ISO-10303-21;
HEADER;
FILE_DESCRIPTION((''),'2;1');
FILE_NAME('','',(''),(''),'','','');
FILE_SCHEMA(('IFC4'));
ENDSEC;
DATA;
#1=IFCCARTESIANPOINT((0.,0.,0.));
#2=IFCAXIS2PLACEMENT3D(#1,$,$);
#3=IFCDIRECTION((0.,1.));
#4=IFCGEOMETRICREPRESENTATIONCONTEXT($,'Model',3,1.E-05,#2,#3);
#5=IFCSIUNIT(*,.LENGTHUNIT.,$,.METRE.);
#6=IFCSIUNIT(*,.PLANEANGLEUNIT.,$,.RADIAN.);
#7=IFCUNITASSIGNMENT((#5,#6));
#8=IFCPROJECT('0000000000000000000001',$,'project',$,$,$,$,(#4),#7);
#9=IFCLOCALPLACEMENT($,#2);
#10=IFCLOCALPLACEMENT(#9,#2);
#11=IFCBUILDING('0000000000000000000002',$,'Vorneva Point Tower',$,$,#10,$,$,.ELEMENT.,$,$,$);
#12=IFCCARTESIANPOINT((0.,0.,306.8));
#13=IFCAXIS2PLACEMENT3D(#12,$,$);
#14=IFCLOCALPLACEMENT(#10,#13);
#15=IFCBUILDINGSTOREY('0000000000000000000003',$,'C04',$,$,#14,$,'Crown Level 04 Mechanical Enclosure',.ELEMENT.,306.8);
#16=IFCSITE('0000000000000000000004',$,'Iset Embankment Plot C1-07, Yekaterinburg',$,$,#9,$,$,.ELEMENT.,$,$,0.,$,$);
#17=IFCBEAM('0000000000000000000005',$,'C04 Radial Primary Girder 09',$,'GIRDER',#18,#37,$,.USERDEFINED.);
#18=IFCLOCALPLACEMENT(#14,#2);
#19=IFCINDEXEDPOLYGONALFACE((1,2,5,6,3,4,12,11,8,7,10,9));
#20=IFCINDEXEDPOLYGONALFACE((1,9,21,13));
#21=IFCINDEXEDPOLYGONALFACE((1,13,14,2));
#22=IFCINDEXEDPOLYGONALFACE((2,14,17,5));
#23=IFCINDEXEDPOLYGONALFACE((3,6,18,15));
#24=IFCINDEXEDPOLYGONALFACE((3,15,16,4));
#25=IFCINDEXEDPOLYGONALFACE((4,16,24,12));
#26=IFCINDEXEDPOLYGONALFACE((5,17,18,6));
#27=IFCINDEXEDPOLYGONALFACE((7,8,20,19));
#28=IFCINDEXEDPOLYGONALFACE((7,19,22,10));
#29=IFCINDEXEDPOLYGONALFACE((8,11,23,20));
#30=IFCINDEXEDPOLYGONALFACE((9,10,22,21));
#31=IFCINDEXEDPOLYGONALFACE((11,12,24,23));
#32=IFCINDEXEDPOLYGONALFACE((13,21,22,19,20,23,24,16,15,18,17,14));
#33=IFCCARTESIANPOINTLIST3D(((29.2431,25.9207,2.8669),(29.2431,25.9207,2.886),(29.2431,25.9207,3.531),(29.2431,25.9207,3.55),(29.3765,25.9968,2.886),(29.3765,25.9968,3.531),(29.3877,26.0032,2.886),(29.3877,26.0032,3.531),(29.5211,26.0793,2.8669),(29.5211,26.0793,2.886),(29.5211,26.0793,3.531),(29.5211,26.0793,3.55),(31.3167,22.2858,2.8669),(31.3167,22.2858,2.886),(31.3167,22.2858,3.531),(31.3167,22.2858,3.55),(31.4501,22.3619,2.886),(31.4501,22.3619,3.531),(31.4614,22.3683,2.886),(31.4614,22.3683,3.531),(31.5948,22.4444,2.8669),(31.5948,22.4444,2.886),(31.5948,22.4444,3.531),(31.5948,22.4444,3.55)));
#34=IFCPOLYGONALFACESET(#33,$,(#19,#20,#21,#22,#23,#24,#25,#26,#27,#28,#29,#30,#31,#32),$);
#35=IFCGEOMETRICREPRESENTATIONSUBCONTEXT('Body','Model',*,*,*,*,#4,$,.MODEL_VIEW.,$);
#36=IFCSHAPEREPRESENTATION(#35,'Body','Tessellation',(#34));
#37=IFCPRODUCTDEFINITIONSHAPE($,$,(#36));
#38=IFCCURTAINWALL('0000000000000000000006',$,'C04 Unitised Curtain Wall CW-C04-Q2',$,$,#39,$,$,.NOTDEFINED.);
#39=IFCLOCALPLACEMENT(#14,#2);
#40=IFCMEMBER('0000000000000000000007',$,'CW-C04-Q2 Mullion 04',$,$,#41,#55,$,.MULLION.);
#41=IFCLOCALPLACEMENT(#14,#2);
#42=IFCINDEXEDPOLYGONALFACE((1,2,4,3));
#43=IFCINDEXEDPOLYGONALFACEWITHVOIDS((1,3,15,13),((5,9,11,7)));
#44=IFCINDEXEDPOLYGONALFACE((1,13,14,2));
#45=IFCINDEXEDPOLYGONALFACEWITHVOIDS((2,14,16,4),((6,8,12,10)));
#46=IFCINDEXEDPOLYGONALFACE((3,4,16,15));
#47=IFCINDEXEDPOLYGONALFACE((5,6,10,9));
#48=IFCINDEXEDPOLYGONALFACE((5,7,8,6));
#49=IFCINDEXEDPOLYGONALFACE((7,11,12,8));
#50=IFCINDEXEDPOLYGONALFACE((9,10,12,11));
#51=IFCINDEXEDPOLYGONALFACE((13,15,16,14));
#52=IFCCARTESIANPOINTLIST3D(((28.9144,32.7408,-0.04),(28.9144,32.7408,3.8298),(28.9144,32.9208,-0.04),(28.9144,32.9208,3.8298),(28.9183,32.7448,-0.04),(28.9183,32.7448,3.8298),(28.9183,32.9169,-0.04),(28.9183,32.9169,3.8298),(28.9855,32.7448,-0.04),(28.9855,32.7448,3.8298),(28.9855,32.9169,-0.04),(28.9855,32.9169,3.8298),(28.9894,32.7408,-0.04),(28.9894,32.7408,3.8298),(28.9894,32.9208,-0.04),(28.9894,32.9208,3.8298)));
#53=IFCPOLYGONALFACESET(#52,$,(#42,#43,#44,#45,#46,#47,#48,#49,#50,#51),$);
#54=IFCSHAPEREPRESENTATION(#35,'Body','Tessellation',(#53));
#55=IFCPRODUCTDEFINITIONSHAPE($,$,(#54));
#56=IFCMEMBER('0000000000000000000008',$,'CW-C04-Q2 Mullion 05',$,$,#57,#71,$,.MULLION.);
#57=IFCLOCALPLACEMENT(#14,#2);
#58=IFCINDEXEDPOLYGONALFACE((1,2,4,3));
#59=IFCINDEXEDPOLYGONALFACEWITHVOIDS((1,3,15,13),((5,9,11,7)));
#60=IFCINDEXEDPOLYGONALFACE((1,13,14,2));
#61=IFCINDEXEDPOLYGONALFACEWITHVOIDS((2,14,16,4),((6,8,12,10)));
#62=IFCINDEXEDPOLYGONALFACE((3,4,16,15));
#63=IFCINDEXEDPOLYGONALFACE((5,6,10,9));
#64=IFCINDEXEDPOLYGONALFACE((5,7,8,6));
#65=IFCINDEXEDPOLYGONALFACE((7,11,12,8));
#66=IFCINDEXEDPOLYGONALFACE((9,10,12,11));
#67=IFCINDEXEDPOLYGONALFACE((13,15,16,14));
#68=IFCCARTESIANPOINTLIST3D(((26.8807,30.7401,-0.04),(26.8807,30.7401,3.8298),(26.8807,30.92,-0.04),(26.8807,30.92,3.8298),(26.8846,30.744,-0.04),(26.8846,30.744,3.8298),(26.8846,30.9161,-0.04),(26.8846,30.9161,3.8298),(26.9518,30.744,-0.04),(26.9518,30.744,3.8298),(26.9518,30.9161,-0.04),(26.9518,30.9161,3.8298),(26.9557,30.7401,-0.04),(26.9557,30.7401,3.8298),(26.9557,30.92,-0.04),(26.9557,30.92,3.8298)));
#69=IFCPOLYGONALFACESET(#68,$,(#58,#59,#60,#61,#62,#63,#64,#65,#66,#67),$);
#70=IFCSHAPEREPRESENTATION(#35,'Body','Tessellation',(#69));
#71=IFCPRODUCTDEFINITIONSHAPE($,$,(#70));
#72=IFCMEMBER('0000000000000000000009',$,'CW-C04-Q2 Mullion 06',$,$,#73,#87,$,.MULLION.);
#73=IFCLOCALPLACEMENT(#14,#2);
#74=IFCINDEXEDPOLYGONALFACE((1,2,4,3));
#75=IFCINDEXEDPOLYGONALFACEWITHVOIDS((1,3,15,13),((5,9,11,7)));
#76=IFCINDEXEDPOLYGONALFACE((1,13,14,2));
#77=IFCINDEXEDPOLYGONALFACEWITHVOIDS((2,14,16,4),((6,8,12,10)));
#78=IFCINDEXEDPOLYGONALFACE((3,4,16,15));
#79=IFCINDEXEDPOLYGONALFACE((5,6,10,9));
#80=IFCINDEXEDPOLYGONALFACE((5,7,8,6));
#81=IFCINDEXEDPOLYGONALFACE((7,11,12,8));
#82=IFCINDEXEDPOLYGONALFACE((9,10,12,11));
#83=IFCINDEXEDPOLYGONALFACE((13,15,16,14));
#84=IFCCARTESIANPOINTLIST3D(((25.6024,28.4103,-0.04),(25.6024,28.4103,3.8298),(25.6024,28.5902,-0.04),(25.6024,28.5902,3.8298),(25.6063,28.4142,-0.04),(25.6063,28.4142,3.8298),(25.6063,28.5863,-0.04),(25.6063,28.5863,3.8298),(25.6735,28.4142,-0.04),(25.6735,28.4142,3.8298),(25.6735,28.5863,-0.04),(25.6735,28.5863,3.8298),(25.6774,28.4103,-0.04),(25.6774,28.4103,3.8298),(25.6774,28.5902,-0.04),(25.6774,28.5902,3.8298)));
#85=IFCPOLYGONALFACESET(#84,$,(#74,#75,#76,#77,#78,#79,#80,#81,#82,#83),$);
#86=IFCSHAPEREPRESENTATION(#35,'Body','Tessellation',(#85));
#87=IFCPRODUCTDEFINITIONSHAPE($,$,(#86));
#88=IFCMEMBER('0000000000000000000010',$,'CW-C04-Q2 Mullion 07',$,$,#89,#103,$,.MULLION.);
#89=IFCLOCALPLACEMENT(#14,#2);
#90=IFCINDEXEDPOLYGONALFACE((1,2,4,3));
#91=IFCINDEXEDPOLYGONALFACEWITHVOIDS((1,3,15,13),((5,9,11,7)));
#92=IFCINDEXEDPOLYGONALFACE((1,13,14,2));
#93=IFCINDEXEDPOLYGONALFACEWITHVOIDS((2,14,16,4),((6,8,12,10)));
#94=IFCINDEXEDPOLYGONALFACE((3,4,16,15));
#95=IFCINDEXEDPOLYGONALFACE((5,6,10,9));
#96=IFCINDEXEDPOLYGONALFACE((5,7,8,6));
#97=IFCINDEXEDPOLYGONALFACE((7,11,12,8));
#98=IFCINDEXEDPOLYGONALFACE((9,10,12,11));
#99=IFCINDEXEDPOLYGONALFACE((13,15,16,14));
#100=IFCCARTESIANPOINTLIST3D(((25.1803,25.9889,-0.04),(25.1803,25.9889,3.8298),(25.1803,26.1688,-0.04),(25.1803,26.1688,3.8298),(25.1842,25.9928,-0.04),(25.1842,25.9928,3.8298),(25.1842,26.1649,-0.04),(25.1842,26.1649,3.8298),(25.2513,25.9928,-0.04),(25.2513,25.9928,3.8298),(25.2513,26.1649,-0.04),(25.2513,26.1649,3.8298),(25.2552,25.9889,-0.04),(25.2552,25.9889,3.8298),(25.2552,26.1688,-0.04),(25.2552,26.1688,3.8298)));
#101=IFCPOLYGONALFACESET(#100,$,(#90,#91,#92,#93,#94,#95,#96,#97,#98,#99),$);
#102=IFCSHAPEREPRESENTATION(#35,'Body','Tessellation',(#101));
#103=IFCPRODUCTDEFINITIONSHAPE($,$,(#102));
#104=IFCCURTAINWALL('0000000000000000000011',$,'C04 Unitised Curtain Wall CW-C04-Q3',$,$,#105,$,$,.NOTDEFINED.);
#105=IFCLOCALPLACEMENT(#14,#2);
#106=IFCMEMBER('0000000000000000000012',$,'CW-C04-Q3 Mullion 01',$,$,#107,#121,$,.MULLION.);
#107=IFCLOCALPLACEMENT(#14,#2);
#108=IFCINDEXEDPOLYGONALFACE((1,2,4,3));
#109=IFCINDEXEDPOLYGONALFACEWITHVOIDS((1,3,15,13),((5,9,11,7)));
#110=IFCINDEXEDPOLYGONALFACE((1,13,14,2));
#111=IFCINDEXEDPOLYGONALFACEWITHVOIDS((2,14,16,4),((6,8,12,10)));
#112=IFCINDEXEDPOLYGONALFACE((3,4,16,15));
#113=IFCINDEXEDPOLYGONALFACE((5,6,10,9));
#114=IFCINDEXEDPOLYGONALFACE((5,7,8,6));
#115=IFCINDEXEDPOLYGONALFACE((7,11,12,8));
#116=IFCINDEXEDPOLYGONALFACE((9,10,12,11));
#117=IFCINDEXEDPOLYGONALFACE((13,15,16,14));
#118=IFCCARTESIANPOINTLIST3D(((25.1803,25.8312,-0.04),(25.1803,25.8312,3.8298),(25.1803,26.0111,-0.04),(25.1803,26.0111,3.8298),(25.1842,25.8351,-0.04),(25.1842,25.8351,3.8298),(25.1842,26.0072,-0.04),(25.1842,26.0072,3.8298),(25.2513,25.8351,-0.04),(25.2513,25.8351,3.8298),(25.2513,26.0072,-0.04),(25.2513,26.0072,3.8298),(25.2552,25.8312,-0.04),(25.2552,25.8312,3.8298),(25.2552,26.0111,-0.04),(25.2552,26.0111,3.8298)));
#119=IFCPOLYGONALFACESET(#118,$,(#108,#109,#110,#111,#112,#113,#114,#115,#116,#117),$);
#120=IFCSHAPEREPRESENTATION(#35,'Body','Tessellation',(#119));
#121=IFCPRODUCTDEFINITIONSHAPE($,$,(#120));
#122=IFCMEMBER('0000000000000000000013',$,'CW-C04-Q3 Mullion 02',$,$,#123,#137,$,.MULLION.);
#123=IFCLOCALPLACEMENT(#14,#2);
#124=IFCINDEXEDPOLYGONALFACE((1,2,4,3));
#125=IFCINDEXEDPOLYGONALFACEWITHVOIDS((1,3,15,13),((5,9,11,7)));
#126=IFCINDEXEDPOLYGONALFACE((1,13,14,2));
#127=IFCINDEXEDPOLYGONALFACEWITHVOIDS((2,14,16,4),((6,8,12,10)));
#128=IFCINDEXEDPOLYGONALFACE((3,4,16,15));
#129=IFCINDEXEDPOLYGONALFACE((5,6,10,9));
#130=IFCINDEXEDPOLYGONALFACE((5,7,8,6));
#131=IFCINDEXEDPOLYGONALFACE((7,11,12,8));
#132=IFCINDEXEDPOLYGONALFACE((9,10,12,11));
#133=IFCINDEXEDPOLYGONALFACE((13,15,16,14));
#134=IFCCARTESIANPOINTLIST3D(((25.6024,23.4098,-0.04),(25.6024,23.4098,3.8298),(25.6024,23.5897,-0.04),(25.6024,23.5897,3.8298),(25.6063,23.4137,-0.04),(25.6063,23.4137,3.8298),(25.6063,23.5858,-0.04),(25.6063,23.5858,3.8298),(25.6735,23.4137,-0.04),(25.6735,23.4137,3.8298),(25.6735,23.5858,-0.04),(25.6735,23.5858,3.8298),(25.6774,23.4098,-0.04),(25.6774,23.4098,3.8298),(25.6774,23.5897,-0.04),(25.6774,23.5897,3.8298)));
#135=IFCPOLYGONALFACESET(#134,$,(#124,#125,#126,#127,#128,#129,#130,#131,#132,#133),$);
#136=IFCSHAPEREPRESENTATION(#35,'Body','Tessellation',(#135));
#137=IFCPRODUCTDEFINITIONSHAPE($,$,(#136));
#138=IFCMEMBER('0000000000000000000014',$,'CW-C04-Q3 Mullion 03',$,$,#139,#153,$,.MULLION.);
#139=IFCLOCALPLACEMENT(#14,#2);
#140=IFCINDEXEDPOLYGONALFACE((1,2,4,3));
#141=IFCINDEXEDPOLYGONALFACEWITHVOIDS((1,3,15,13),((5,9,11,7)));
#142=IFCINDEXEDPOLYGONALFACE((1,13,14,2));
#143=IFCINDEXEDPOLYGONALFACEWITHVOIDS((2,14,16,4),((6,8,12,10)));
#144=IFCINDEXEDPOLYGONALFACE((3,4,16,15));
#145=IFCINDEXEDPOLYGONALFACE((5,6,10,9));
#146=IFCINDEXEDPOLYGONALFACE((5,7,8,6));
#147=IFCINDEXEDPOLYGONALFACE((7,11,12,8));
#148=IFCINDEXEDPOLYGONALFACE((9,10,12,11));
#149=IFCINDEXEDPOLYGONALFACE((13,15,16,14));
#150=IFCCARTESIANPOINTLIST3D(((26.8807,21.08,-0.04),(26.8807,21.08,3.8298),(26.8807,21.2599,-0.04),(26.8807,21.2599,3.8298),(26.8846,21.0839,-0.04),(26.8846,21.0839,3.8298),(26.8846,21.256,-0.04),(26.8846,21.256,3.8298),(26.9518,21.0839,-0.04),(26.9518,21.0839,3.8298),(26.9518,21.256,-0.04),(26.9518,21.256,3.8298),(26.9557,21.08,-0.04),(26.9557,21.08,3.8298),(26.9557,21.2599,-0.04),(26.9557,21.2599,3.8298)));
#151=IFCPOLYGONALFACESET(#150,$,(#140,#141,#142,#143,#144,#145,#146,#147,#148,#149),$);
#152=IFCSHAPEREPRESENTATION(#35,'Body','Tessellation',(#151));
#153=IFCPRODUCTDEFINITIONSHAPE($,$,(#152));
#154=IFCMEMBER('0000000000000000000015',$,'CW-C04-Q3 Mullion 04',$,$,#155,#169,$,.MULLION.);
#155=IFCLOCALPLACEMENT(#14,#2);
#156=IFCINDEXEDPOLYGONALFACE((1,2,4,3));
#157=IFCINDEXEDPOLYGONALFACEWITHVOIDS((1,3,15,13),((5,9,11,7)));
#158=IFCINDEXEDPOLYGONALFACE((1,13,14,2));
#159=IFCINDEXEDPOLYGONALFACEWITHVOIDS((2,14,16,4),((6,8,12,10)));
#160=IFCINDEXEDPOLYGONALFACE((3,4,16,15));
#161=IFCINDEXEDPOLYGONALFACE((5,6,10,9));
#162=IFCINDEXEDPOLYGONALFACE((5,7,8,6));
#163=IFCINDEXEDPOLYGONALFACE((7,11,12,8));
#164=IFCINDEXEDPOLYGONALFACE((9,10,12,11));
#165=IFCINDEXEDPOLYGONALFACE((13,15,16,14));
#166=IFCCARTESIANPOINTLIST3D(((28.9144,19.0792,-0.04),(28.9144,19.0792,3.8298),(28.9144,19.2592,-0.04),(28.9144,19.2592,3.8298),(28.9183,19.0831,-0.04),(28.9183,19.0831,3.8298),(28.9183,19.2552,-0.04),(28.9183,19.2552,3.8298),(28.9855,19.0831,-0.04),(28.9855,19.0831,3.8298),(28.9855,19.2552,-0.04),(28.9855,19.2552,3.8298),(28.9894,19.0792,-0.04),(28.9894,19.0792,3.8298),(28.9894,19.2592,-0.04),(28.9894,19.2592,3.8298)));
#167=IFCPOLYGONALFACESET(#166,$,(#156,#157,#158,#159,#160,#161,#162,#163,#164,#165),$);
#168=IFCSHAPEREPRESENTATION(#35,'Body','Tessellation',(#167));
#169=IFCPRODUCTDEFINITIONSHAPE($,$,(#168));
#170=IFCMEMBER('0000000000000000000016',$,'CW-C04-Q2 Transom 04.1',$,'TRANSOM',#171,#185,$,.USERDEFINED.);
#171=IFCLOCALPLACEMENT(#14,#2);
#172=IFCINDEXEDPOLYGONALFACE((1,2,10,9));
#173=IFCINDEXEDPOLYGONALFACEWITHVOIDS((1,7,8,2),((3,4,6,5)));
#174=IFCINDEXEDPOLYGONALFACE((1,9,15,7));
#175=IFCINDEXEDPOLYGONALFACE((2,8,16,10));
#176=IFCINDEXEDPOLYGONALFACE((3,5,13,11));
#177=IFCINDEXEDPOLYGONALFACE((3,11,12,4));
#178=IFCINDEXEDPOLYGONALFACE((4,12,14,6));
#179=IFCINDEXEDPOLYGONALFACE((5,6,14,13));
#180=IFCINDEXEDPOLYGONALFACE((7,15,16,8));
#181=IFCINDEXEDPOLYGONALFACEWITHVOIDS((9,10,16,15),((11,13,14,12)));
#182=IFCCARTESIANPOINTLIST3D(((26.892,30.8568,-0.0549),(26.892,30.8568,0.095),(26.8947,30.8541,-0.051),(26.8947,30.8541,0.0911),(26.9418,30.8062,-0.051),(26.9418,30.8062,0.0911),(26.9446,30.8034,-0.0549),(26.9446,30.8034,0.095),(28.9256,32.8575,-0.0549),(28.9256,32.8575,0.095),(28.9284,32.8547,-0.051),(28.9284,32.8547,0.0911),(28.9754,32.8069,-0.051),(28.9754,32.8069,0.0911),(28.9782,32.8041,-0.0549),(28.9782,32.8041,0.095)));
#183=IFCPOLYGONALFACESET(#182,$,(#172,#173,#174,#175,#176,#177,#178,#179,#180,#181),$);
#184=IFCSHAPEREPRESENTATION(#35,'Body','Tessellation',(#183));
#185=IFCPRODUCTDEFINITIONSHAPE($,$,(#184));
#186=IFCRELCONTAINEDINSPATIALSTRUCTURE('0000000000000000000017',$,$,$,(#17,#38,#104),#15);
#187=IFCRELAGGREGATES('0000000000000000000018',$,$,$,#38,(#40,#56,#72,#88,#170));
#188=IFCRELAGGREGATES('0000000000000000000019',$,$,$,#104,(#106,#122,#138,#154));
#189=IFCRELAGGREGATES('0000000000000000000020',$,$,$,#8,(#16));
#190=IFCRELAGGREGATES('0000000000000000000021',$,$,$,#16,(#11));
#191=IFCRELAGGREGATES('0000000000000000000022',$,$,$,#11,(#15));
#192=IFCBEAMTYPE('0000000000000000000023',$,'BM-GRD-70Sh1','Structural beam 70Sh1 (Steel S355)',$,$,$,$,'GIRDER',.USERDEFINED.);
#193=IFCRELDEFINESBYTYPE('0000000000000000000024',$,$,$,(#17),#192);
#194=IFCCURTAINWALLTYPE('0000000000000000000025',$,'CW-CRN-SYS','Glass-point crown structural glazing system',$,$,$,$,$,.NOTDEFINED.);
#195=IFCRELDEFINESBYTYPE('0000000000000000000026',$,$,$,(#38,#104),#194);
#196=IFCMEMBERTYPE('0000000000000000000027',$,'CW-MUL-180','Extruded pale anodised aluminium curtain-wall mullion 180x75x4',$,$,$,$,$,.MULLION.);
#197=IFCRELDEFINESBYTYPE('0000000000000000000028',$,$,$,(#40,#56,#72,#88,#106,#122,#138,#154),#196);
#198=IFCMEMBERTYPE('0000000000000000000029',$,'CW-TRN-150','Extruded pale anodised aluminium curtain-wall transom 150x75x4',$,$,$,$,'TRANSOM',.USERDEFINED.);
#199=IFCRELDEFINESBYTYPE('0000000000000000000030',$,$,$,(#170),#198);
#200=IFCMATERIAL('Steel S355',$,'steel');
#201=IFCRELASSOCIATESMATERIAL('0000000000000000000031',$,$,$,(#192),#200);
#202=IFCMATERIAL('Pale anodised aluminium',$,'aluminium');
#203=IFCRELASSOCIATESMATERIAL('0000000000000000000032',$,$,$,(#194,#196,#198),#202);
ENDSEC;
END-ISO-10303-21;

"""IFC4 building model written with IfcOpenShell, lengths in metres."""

from ifc_helpers import new_model, si_unit, direction, frame, origin, origin_2d, place, context, subcontext, project, spatial, hollow_rectangle, i_section, extrude, material, material_profile, profile_set, type_object, element, aggregate, save


model = new_model("IFC4")

# Units and contexts
model_context = context("Model", 3, precision=1e-05, world=origin(), true_north=direction((0.0, 1.0)))
body_context = subcontext(model_context, "Body", "Model", "MODEL_VIEW")
ifc_project = project(units=[si_unit("LENGTHUNIT", "METRE"), si_unit("PLANEANGLEUNIT", "RADIAN")], contexts=[model_context])

# Site, building, storey
site_placement = place(None, origin())
site = spatial("IfcSite", under=ifc_project, at=site_placement, Name="Iset Embankment Plot C1-07, Yekaterinburg", CompositionType="ELEMENT", RefElevation=0.0)
building_placement = place(site_placement, origin())
building = spatial("IfcBuilding", under=site, at=building_placement, Name="Vorneva Point Tower", CompositionType="ELEMENT")
storey_placement = place(building_placement, frame((0.0, 0.0, 306.8)))
storey = spatial("IfcBuildingStorey", under=building, at=storey_placement, Name="C04", LongName="Crown Level 04 Mechanical Enclosure", CompositionType="ELEMENT", Elevation=306.8)

# Beam
ifc_material_1 = material(Name="Steel S355", Category="steel")
ifc_material_profile_1 = material_profile(ifc_material_1, i_section(OverallWidth=0.3201, OverallDepth=0.6831, WebThickness=0.0129, FlangeThickness=0.019, at=origin_2d()), Name="70Sh1")
ifc_profile_set_1 = profile_set([ifc_material_profile_1], Name="Steel S355")
beam_type = type_object("IfcBeamType", Name="BM-GRD-70Sh1", Description="Structural beam 70Sh1 (Steel S355)", ElementType="GIRDER", PredefinedType="USERDEFINED", material=ifc_profile_set_1)
beam_placement = place(storey_placement, frame((29.3821, 26.0, 3.2085), z_axis=(0.495523, -0.868595, 0.0), x_axis=(0.868595, 0.495523, 0.0)))
element("IfcBeam", 1, at=beam_placement, inside=storey, type_object=beam_type, Name="C04 Radial Primary Girder 09", ObjectType="GIRDER", PredefinedType="USERDEFINED", context=body_context, shape_type="SweptSolid", body=[
    extrude(i_section(OverallWidth=0.3201, OverallDepth=0.6831, WebThickness=0.0129, FlangeThickness=0.019, at=origin_2d()), origin(), (0.0, 0.0, 1.0), 4.1848),
])

# Curtain walls, members
ifc_material_2 = material(Name="Pale anodised aluminium", Category="aluminium")
curtain_wall_type = type_object("IfcCurtainWallType", Name="CW-CRN-SYS", Description="Glass-point crown structural glazing system", PredefinedType="NOTDEFINED", material=ifc_material_2)
curtain_wall_1_placement = place(storey_placement, origin())
curtain_wall_1 = element("IfcCurtainWall", 2, at=curtain_wall_1_placement, inside=storey, type_object=curtain_wall_type, Name="C04 Unitised Curtain Wall CW-C04-Q2", PredefinedType="NOTDEFINED")
ifc_material_profile_2 = material_profile(ifc_material_2, hollow_rectangle(XDim=0.075, YDim=0.1799, WallThickness=0.0039, at=origin_2d()), Name="AL-MUL 180x75x4")
ifc_profile_set_2 = profile_set([ifc_material_profile_2], Name="Pale anodised aluminium")
member_type_1 = type_object("IfcMemberType", Name="CW-MUL-180", Description="Extruded pale anodised aluminium curtain-wall mullion 180x75x4", PredefinedType="MULLION", material=ifc_profile_set_2)
member_1_placement = place(storey_placement, frame((28.9519, 32.8308, -0.04), z_axis=(0.0, 0.0, 1.0), x_axis=(1.0, 0.0, 0.0)))
member_1 = element("IfcMember", 3, at=member_1_placement, type_object=member_type_1, Name="CW-C04-Q2 Mullion 04", PredefinedType="MULLION", context=body_context, shape_type="SweptSolid", body=[
    extrude(hollow_rectangle(XDim=0.075, YDim=0.1799, WallThickness=0.0039, at=origin_2d()), origin(), (0.0, 0.0, 1.0), 3.8699),
])
member_2_placement = place(storey_placement, frame((26.9182, 30.8301, -0.04), z_axis=(0.0, 0.0, 1.0), x_axis=(1.0, 0.0, 0.0)))
member_2 = element("IfcMember", 4, at=member_2_placement, type_object=member_type_1, Name="CW-C04-Q2 Mullion 05", PredefinedType="MULLION", context=body_context, shape_type="SweptSolid", body=[
    extrude(hollow_rectangle(XDim=0.075, YDim=0.1799, WallThickness=0.0039, at=origin_2d()), origin(), (0.0, 0.0, 1.0), 3.8699),
])
member_3_placement = place(storey_placement, frame((25.6399, 28.5002, -0.04), z_axis=(0.0, 0.0, 1.0), x_axis=(1.0, 0.0, 0.0)))
member_3 = element("IfcMember", 5, at=member_3_placement, type_object=member_type_1, Name="CW-C04-Q2 Mullion 06", PredefinedType="MULLION", context=body_context, shape_type="SweptSolid", body=[
    extrude(hollow_rectangle(XDim=0.075, YDim=0.1799, WallThickness=0.0039, at=origin_2d()), origin(), (0.0, 0.0, 1.0), 3.8699),
])
member_4_placement = place(storey_placement, frame((25.2178, 26.0789, -0.04), z_axis=(0.0, 0.0, 1.0), x_axis=(1.0, 0.0, 0.0)))
member_4 = element("IfcMember", 6, at=member_4_placement, type_object=member_type_1, Name="CW-C04-Q2 Mullion 07", PredefinedType="MULLION", context=body_context, shape_type="SweptSolid", body=[
    extrude(hollow_rectangle(XDim=0.075, YDim=0.1799, WallThickness=0.0039, at=origin_2d()), origin(), (0.0, 0.0, 1.0), 3.8699),
])
curtain_wall_2_placement = place(storey_placement, origin())
curtain_wall_2 = element("IfcCurtainWall", 7, at=curtain_wall_2_placement, inside=storey, type_object=curtain_wall_type, Name="C04 Unitised Curtain Wall CW-C04-Q3", PredefinedType="NOTDEFINED")
member_5_placement = place(storey_placement, frame((25.2178, 25.9211, -0.04), z_axis=(0.0, 0.0, 1.0), x_axis=(1.0, 0.0, 0.0)))
member_5 = element("IfcMember", 8, at=member_5_placement, type_object=member_type_1, Name="CW-C04-Q3 Mullion 01", PredefinedType="MULLION", context=body_context, shape_type="SweptSolid", body=[
    extrude(hollow_rectangle(XDim=0.075, YDim=0.1799, WallThickness=0.0039, at=origin_2d()), origin(), (0.0, 0.0, 1.0), 3.8699),
])
member_6_placement = place(storey_placement, frame((25.6399, 23.4998, -0.04), z_axis=(0.0, 0.0, 1.0), x_axis=(1.0, 0.0, 0.0)))
member_6 = element("IfcMember", 9, at=member_6_placement, type_object=member_type_1, Name="CW-C04-Q3 Mullion 02", PredefinedType="MULLION", context=body_context, shape_type="SweptSolid", body=[
    extrude(hollow_rectangle(XDim=0.075, YDim=0.1799, WallThickness=0.0039, at=origin_2d()), origin(), (0.0, 0.0, 1.0), 3.8699),
])
member_7_placement = place(storey_placement, frame((26.9182, 21.1699, -0.04), z_axis=(0.0, 0.0, 1.0), x_axis=(1.0, 0.0, 0.0)))
member_7 = element("IfcMember", 10, at=member_7_placement, type_object=member_type_1, Name="CW-C04-Q3 Mullion 03", PredefinedType="MULLION", context=body_context, shape_type="SweptSolid", body=[
    extrude(hollow_rectangle(XDim=0.075, YDim=0.1799, WallThickness=0.0039, at=origin_2d()), origin(), (0.0, 0.0, 1.0), 3.8699),
])
member_8_placement = place(storey_placement, frame((28.9519, 19.1692, -0.04), z_axis=(0.0, 0.0, 1.0), x_axis=(1.0, 0.0, 0.0)))
member_8 = element("IfcMember", 11, at=member_8_placement, type_object=member_type_1, Name="CW-C04-Q3 Mullion 04", PredefinedType="MULLION", context=body_context, shape_type="SweptSolid", body=[
    extrude(hollow_rectangle(XDim=0.075, YDim=0.1799, WallThickness=0.0039, at=origin_2d()), origin(), (0.0, 0.0, 1.0), 3.8699),
])

# Member
ifc_material_profile_3 = material_profile(ifc_material_2, hollow_rectangle(XDim=0.075, YDim=0.1499, WallThickness=0.0039, at=origin_2d()), Name="AL-TRN 150x75x4")
ifc_profile_set_3 = profile_set([ifc_material_profile_3], Name="Pale anodised aluminium")
member_type_2 = type_object("IfcMemberType", Name="CW-TRN-150", Description="Extruded pale anodised aluminium curtain-wall transom 150x75x4", ElementType="TRANSOM", PredefinedType="USERDEFINED", material=ifc_profile_set_3)
member_9_placement = place(storey_placement, frame((28.9519, 32.8308, 0.02), z_axis=(-0.71286, -0.701307, 0.0), x_axis=(0.701307, -0.71286, 0.0)))
member_9 = element("IfcMember", 12, at=member_9_placement, type_object=member_type_2, Name="CW-C04-Q2 Transom 04.1", ObjectType="TRANSOM", PredefinedType="USERDEFINED", context=body_context, shape_type="SweptSolid", body=[
    extrude(hollow_rectangle(XDim=0.075, YDim=0.1499, WallThickness=0.0039, at=origin_2d()), origin(), (0.0, 0.0, 1.0), 2.8528),
])

aggregate(curtain_wall_1, [member_1, member_2, member_3, member_4, member_9])
aggregate(curtain_wall_2, [member_5, member_6, member_7, member_8])

save(model, "model.ifc")
